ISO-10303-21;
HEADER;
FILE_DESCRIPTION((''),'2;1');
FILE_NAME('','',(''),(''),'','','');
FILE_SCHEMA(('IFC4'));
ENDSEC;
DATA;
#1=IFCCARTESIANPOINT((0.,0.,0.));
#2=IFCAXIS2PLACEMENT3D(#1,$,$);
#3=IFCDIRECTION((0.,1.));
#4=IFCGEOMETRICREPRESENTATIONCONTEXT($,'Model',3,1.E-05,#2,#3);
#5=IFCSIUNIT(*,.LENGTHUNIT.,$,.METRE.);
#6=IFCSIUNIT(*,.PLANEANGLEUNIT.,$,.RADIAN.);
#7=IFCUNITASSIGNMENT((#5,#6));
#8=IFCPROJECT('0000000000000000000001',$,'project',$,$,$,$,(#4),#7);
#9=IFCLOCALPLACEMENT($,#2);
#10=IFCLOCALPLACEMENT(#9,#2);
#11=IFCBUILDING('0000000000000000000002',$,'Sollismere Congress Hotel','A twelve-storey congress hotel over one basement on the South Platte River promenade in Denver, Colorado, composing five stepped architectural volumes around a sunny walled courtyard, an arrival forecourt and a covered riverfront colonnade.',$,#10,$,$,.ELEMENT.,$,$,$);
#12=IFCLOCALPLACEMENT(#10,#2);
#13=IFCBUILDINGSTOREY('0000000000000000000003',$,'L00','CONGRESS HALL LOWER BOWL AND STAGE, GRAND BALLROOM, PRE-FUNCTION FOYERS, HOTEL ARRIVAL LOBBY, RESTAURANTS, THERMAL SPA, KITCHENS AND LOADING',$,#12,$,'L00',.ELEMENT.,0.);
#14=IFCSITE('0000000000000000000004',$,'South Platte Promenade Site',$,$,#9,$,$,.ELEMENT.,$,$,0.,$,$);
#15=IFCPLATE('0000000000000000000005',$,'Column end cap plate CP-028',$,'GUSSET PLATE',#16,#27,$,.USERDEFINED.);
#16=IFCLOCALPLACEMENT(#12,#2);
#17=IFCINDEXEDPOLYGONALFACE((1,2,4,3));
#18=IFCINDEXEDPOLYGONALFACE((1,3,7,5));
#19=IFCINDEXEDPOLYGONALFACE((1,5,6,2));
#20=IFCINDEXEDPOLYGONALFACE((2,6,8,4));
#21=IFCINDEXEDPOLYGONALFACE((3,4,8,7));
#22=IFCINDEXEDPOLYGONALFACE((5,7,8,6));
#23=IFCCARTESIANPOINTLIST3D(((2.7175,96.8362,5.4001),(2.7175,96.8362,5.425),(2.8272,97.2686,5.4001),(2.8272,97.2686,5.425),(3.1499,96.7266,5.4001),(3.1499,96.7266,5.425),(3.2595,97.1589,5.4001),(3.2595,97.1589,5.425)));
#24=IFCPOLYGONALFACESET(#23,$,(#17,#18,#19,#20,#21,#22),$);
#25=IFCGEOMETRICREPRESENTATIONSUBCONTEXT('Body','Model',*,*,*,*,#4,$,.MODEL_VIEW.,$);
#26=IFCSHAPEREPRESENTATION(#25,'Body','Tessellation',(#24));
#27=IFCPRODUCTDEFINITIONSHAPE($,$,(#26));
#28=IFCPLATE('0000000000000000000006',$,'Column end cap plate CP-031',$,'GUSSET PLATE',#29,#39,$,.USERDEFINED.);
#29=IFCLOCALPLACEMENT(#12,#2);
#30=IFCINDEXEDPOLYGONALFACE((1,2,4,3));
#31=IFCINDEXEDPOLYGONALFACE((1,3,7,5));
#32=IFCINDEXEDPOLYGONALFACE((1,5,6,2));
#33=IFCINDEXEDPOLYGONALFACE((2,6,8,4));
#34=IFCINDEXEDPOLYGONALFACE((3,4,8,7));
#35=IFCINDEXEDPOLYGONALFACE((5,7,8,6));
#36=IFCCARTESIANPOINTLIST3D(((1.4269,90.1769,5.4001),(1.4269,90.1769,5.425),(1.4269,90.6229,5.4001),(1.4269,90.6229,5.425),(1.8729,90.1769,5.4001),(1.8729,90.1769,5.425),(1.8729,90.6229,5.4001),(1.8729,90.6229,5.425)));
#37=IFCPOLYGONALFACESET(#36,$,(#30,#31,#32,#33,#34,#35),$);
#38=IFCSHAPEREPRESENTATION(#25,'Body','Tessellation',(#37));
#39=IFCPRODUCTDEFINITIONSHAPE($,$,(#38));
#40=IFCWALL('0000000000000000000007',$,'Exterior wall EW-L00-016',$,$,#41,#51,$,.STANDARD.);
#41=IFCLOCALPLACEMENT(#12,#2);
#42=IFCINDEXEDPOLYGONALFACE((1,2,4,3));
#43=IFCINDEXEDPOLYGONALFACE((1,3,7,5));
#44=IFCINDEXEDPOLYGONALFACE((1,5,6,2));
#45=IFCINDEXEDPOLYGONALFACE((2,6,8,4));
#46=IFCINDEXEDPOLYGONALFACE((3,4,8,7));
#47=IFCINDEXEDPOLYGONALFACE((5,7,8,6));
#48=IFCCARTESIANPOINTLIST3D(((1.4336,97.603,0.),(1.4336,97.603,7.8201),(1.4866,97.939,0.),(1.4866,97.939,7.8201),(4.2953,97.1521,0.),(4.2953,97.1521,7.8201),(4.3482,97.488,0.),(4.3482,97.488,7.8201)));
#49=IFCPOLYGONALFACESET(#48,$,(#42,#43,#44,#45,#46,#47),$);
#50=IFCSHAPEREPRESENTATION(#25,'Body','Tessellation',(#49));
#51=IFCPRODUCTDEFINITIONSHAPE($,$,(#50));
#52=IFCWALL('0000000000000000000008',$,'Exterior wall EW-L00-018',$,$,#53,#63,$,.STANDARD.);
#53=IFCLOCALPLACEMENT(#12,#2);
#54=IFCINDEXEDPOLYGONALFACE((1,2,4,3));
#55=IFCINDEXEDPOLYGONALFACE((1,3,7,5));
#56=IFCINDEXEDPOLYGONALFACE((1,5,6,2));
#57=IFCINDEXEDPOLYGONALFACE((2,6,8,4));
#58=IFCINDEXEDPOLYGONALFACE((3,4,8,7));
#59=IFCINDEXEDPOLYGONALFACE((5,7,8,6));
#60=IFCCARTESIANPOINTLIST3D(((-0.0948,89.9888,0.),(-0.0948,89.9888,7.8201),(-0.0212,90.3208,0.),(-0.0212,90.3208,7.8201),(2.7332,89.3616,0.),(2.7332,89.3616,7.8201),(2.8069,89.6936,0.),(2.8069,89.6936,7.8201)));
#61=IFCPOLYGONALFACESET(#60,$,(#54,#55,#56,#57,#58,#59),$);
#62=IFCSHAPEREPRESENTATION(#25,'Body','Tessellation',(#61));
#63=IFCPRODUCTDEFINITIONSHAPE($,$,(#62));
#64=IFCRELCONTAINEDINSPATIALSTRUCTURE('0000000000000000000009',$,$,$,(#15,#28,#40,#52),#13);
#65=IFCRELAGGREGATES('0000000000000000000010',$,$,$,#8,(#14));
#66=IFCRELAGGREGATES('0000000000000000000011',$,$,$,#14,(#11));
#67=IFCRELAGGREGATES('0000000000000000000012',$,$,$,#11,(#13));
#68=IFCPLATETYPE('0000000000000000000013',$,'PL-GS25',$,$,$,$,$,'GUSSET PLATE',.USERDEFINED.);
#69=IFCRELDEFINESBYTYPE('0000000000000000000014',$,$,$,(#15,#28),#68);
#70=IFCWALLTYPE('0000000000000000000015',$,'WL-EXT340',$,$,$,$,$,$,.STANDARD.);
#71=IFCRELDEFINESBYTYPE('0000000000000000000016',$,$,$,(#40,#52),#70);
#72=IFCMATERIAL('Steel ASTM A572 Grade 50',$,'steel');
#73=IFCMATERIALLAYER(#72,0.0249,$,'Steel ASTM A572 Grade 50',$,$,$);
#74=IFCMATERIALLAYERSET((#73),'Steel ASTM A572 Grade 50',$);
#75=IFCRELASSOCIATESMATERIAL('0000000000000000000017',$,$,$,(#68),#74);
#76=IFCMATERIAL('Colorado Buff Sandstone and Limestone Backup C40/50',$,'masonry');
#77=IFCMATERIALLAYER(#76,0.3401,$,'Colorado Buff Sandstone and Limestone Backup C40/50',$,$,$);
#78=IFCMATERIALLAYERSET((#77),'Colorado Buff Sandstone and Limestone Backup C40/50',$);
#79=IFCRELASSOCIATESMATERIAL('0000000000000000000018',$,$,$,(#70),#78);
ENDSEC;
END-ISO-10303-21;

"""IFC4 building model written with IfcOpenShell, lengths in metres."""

from ifc_helpers import new_model, si_unit, direction, frame, frame_2d, origin, origin_2d, place, context, subcontext, project, spatial, rectangle, extrude, material, layer, layer_set, type_object, element, save


model = new_model("IFC4")

# Units and contexts
model_context = context("Model", 3, precision=1e-05, world=origin(), true_north=direction((0.0, 1.0)))
body_context = subcontext(model_context, "Body", "Model", "MODEL_VIEW")
ifc_project = project(units=[si_unit("LENGTHUNIT", "METRE"), si_unit("PLANEANGLEUNIT", "RADIAN")], contexts=[model_context])

# Site, building, storey
site_placement = place(None, origin())
site = spatial("IfcSite", under=ifc_project, at=site_placement, Name="South Platte Promenade Site", CompositionType="ELEMENT", RefElevation=0.0)
building_placement = place(site_placement, origin())
building = spatial("IfcBuilding", under=site, at=building_placement, Name="Sollismere Congress Hotel", Description="A twelve-storey congress hotel over one basement on the South Platte River promenade in Denver, Colorado, composing five stepped architectural volumes around a sunny walled courtyard, an arrival forecourt and a covered riverfront colonnade.", CompositionType="ELEMENT")
storey_placement = place(building_placement, origin())
storey = spatial("IfcBuildingStorey", under=building, at=storey_placement, Name="L00", Description="CONGRESS HALL LOWER BOWL AND STAGE, GRAND BALLROOM, PRE-FUNCTION FOYERS, HOTEL ARRIVAL LOBBY, RESTAURANTS, THERMAL SPA, KITCHENS AND LOADING", LongName="L00", CompositionType="ELEMENT", Elevation=0.0)

# Plates
ifc_material_1 = material(Name="Steel ASTM A572 Grade 50", Category="steel")
ifc_layer_1 = layer(ifc_material_1, 0.0249, Name="Steel ASTM A572 Grade 50")
ifc_layer_set_1 = layer_set([ifc_layer_1], Name="Steel ASTM A572 Grade 50")
plate_type_1 = type_object("IfcPlateType", Name="PL-GS25", ElementType="GUSSET PLATE", PredefinedType="USERDEFINED", material=ifc_layer_set_1)
for number, where, z_axis, x_axis, name in (
    (1, (2.9885, 96.9976, 5.4001), (0.0, 0.0, 1.0), (-0.969317, 0.245815, 0.0), "Column end cap plate CP-028"),
    (2, (1.6499, 90.3999, 5.4001), (0.0, 0.0, 1.0), (-1.0, 0.0, 0.0), "Column end cap plate CP-031"),
):
    element("IfcPlate", number, at=place(storey_placement, frame(where, z_axis=z_axis, x_axis=x_axis)), inside=storey, type_object=plate_type_1, Name=name, ObjectType="GUSSET PLATE", PredefinedType="USERDEFINED", context=body_context, shape_type="SweptSolid", body=[
        extrude(rectangle(XDim=0.446, YDim=0.446, at=origin_2d()), origin(), (0.0, 0.0, 1.0), 0.0249),
    ])

# Walls
ifc_material_2 = material(Name="Colorado Buff Sandstone and Limestone Backup C40/50", Category="masonry")
ifc_layer_2 = layer(ifc_material_2, 0.3401, Name="Colorado Buff Sandstone and Limestone Backup C40/50")
ifc_layer_set_2 = layer_set([ifc_layer_2], Name="Colorado Buff Sandstone and Limestone Backup C40/50")
wall_type = type_object("IfcWallType", Name="WL-EXT340", PredefinedType="STANDARD", material=ifc_layer_set_2)
wall_1_placement = place(storey_placement, frame((4.3218, 97.3201, 0.0), z_axis=(0.0, 0.0, 1.0), x_axis=(-0.987811, 0.15566, 0.0)))
element("IfcWall", 3, at=wall_1_placement, inside=storey, type_object=wall_type, Name="Exterior wall EW-L00-016", PredefinedType="STANDARD", context=body_context, shape_type="SweptSolid", body=[
    extrude(rectangle(XDim=2.897, YDim=0.3401, at=frame_2d((1.4485, 0.0))), origin(), (0.0, 0.0, 1.0), 7.8201),
])
wall_2_placement = place(storey_placement, frame((-0.0579, 90.1548, 0.0), z_axis=(0.0, 0.0, 1.0), x_axis=(0.97628, -0.216511, 0.0)))
element("IfcWall", 4, at=wall_2_placement, inside=storey, type_object=wall_type, Name="Exterior wall EW-L00-018", PredefinedType="STANDARD", context=body_context, shape_type="SweptSolid", body=[
    extrude(rectangle(XDim=2.8967, YDim=0.3401, at=frame_2d((1.4482, 0.0))), origin(), (0.0, 0.0, 1.0), 7.8201),
])

save(model, "model.ifc")
